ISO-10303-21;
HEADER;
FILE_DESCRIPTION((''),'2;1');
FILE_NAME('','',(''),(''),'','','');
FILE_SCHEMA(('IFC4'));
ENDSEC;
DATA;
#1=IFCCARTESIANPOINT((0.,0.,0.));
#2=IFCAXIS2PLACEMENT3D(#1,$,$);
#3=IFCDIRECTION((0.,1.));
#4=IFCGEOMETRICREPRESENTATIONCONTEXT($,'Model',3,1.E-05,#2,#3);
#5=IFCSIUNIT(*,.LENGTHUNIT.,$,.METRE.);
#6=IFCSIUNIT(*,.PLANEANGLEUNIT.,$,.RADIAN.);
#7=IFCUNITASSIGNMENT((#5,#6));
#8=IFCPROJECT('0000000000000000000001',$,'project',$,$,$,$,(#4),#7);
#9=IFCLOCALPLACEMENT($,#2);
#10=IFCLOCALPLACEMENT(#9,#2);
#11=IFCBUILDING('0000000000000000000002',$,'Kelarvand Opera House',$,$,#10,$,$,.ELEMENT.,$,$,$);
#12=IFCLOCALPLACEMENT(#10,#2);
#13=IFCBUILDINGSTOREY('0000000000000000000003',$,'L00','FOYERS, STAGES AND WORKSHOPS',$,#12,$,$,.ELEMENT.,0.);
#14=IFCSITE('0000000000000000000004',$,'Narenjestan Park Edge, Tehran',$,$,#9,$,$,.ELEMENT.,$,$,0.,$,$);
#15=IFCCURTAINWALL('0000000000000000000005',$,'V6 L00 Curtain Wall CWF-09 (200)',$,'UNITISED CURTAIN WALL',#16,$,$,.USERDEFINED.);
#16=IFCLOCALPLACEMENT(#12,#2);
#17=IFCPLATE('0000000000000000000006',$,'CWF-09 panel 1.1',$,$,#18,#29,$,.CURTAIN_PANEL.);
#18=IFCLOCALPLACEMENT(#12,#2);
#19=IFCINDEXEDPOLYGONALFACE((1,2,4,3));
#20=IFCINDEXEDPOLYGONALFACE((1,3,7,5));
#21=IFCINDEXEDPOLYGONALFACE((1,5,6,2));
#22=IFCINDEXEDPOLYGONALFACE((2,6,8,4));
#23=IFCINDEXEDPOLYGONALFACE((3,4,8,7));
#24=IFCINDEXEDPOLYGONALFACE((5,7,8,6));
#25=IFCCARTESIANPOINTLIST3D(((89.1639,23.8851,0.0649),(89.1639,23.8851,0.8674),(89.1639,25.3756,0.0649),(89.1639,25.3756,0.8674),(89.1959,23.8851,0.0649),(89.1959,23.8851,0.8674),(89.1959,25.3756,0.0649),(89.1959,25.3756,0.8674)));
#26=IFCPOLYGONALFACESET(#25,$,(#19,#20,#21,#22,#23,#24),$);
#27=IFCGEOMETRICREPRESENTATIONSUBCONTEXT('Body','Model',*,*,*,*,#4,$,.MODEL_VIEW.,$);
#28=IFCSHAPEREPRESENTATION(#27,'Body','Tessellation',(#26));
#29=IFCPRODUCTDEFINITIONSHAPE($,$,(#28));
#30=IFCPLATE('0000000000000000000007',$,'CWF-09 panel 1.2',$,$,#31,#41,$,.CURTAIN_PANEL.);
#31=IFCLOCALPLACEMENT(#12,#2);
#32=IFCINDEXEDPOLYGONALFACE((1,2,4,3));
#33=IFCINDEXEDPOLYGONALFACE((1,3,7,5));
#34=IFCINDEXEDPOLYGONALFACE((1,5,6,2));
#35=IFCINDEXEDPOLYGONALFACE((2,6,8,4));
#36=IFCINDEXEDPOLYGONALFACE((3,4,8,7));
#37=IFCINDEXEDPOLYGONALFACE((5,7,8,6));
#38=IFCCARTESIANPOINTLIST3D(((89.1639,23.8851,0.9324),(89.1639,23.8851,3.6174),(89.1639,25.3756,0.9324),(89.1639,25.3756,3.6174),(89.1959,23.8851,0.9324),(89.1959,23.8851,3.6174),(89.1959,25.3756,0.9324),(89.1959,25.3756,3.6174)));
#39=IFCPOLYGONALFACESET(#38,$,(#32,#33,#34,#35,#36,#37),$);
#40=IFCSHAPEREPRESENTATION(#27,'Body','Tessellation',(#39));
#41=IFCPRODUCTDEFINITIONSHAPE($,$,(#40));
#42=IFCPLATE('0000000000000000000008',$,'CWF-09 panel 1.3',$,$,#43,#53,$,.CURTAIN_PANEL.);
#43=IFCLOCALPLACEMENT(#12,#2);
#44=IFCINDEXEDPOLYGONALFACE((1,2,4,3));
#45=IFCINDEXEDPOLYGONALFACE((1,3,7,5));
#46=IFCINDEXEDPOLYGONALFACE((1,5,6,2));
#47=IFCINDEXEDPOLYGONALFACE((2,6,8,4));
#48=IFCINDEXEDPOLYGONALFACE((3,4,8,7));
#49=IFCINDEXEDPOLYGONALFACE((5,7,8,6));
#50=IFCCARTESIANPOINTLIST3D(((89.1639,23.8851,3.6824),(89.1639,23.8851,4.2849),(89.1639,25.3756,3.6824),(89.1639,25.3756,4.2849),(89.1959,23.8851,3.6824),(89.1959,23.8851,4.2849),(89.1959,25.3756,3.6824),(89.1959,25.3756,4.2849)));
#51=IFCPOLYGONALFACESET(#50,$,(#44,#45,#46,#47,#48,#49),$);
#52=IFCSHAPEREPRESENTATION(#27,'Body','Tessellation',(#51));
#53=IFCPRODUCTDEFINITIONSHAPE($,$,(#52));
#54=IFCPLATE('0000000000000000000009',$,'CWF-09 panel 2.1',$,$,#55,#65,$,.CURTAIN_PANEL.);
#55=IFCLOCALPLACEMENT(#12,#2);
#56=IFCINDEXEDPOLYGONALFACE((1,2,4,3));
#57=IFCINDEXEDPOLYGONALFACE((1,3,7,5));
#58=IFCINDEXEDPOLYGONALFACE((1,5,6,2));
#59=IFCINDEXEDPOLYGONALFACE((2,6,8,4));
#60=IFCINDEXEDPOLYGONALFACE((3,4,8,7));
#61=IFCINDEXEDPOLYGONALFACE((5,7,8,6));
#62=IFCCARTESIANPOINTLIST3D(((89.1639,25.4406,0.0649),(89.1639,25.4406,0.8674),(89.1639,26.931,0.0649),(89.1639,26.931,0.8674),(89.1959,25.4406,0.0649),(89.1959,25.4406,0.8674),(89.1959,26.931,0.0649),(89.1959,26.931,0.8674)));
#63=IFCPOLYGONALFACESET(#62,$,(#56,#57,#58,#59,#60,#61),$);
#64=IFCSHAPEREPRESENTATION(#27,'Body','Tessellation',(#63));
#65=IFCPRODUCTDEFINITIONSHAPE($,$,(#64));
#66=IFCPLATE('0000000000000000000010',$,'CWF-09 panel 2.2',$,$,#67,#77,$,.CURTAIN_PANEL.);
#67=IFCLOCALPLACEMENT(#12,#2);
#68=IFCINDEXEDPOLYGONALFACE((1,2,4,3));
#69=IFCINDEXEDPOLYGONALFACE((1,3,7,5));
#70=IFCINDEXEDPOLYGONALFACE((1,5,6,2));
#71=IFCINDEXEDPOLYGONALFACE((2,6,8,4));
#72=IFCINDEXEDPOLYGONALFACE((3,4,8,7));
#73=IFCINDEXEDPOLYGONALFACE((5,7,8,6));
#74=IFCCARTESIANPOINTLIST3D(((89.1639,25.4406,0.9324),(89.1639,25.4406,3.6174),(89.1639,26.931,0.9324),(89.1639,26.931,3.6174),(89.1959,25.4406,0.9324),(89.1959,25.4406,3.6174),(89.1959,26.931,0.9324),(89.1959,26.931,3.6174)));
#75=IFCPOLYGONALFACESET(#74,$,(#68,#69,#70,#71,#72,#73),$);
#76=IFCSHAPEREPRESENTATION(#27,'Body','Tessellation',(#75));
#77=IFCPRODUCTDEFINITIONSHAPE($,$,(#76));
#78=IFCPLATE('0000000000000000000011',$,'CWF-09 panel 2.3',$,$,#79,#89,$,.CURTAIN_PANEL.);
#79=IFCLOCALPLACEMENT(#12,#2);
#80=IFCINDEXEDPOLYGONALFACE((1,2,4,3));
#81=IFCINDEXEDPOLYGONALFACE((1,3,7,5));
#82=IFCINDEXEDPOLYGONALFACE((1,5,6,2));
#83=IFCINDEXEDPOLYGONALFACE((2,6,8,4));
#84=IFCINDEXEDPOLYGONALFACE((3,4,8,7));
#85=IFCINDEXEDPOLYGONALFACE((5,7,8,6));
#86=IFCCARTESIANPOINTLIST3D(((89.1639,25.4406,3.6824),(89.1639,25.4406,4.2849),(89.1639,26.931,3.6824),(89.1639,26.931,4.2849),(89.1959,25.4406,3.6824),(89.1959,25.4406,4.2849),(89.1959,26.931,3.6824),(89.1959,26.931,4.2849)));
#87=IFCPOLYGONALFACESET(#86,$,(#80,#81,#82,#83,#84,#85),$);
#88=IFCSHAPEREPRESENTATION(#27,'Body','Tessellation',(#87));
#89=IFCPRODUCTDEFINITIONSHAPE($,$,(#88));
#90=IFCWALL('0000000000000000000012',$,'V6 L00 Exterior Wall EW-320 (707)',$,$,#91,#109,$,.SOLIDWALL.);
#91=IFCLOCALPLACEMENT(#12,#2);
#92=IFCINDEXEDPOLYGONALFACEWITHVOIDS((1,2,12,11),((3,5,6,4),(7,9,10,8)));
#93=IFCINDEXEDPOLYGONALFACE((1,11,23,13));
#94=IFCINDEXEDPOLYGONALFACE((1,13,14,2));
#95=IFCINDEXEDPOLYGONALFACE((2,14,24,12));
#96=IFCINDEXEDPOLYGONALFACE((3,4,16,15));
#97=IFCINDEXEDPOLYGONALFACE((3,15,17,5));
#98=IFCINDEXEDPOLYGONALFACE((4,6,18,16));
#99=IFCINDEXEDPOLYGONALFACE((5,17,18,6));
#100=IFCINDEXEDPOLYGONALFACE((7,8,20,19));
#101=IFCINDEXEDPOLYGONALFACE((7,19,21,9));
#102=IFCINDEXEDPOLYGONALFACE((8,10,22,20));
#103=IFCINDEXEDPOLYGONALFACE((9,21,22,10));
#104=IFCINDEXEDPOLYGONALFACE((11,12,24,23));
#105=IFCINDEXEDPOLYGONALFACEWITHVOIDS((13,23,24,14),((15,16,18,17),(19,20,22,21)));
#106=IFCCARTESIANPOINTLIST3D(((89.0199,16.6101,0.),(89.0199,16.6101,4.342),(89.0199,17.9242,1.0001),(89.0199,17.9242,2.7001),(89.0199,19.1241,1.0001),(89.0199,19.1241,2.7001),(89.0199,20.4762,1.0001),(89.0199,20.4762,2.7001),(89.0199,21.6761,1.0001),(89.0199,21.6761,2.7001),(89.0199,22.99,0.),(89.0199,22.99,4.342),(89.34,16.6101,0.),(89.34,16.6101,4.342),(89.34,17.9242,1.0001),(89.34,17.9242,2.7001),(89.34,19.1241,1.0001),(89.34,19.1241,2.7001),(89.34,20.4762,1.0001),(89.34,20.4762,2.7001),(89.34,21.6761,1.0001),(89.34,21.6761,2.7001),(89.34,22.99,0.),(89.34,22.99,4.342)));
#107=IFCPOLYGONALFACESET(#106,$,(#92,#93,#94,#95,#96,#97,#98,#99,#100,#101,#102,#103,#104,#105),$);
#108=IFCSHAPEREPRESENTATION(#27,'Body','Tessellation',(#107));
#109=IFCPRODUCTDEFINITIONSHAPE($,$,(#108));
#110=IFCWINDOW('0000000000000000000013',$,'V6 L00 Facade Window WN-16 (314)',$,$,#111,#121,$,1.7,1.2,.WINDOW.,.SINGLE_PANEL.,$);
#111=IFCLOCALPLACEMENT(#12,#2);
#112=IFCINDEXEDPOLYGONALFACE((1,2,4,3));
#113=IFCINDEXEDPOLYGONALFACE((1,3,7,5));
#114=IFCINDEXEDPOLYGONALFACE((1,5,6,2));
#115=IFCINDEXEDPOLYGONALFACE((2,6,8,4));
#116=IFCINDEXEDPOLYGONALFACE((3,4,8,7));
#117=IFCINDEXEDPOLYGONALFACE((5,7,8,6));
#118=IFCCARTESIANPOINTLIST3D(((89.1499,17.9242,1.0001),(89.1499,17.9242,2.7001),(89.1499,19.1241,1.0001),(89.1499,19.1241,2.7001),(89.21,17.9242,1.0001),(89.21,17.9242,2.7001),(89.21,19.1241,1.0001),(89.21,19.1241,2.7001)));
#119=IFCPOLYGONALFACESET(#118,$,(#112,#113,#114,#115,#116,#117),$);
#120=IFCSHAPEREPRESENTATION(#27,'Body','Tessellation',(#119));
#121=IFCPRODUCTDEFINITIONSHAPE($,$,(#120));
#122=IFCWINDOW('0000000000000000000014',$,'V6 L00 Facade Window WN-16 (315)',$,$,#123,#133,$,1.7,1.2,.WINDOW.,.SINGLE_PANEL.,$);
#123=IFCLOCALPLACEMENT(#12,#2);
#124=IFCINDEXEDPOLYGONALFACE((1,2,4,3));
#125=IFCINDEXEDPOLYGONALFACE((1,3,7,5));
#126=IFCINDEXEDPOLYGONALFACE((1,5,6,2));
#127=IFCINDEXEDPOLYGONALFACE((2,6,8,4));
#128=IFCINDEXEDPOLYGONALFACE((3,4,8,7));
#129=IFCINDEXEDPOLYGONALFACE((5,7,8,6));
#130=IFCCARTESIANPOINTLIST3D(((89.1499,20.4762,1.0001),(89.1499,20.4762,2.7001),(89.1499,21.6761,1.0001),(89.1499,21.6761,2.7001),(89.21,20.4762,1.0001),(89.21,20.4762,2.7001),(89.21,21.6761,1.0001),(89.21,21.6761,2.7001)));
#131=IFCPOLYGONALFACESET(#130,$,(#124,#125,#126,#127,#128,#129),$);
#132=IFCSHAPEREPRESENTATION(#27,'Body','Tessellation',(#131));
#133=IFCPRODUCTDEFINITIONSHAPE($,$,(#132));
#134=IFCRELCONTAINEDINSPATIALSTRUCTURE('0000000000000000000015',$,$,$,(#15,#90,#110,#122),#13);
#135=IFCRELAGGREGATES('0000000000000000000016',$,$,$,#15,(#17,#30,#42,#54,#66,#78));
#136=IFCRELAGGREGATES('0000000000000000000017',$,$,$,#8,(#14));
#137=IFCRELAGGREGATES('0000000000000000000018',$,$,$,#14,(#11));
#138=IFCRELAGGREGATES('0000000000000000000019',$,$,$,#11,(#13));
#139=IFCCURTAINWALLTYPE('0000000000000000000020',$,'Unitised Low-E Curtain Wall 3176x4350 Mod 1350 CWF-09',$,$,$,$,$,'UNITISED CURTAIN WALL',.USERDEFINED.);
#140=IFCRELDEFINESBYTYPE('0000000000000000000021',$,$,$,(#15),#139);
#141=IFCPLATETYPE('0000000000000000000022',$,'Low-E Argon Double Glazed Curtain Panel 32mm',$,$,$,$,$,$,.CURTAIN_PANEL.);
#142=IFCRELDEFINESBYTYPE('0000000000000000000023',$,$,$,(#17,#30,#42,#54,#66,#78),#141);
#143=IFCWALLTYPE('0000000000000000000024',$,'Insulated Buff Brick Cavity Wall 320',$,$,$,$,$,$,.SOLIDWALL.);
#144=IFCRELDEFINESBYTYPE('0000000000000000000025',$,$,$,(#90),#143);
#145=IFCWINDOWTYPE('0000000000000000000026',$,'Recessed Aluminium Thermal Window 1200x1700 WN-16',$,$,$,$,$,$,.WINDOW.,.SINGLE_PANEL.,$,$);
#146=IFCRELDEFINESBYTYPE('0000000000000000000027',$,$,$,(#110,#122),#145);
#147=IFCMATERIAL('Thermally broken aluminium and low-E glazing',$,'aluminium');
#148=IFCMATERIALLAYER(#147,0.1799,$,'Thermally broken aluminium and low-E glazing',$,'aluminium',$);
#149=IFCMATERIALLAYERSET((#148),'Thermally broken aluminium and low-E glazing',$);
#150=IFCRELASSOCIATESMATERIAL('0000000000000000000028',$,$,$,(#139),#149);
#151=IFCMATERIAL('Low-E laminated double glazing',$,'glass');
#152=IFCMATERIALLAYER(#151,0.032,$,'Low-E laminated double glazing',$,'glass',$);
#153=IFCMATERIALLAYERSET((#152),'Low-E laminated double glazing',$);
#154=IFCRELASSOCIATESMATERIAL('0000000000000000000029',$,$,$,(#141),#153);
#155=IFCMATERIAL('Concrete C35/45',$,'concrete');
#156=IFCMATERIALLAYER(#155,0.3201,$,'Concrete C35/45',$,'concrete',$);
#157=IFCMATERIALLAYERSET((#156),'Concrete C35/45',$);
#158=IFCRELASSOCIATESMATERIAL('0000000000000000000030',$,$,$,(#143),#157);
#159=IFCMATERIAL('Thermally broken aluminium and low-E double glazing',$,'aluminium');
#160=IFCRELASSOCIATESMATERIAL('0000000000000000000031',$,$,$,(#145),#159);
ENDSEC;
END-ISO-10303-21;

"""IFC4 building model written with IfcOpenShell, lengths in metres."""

from ifc_helpers import new_model, si_unit, direction, frame, frame_2d, origin, origin_2d, place, context, subcontext, project, spatial, rectangle, extrude, material, layer, layer_set, type_object, element, fill, aggregate, save


model = new_model("IFC4")

# Units and contexts
model_context = context("Model", 3, precision=1e-05, world=origin(), true_north=direction((0.0, 1.0)))
body_context = subcontext(model_context, "Body", "Model", "MODEL_VIEW")
ifc_project = project(units=[si_unit("LENGTHUNIT", "METRE"), si_unit("PLANEANGLEUNIT", "RADIAN")], contexts=[model_context])

# Site, building, storey
site_placement = place(None, origin())
site = spatial("IfcSite", under=ifc_project, at=site_placement, Name="Narenjestan Park Edge, Tehran", CompositionType="ELEMENT", RefElevation=0.0)
building_placement = place(site_placement, origin())
building = spatial("IfcBuilding", under=site, at=building_placement, Name="Kelarvand Opera House", CompositionType="ELEMENT")
storey_placement = place(building_placement, origin())
storey = spatial("IfcBuildingStorey", under=building, at=storey_placement, Name="L00", Description="FOYERS, STAGES AND WORKSHOPS", CompositionType="ELEMENT", Elevation=0.0)

# Curtain wall
ifc_material_1 = material(Name="Thermally broken aluminium and low-E glazing", Category="aluminium")
ifc_layer_1 = layer(ifc_material_1, 0.1799, Name="Thermally broken aluminium and low-E glazing", Category="aluminium")
ifc_layer_set_1 = layer_set([ifc_layer_1], Name="Thermally broken aluminium and low-E glazing")
curtain_wall_type = type_object("IfcCurtainWallType", Name="Unitised Low-E Curtain Wall 3176x4350 Mod 1350 CWF-09", ElementType="UNITISED CURTAIN WALL", PredefinedType="USERDEFINED", material=ifc_layer_set_1)
curtain_wall_placement = place(storey_placement, origin())
curtain_wall = element("IfcCurtainWall", 1, at=curtain_wall_placement, inside=storey, type_object=curtain_wall_type, Name="V6 L00 Curtain Wall CWF-09 (200)", ObjectType="UNITISED CURTAIN WALL", PredefinedType="USERDEFINED")

# Plates
ifc_material_2 = material(Name="Low-E laminated double glazing", Category="glass")
ifc_layer_2 = layer(ifc_material_2, 0.032, Name="Low-E laminated double glazing", Category="glass")
ifc_layer_set_2 = layer_set([ifc_layer_2], Name="Low-E laminated double glazing")
plate_type = type_object("IfcPlateType", Name="Low-E Argon Double Glazed Curtain Panel 32mm", PredefinedType="CURTAIN_PANEL", material=ifc_layer_set_2)
plate_1_placement = place(storey_placement, frame((89.1799, 24.6304, 0.0649), z_axis=(0.0, 0.0, 1.0), x_axis=(0.0, 1.0, 0.0)))
plate_1 = element("IfcPlate", 2, at=plate_1_placement, type_object=plate_type, Name="CWF-09 panel 1.1", PredefinedType="CURTAIN_PANEL", context=body_context, shape_type="SweptSolid", body=[
    extrude(rectangle(XDim=1.4905, YDim=0.032, at=origin_2d()), origin(), (0.0, 0.0, 1.0), 0.8025),
])
plate_2_placement = place(storey_placement, frame((89.1799, 24.6304, 0.9324), z_axis=(0.0, 0.0, 1.0), x_axis=(0.0, 1.0, 0.0)))
plate_2 = element("IfcPlate", 3, at=plate_2_placement, type_object=plate_type, Name="CWF-09 panel 1.2", PredefinedType="CURTAIN_PANEL", context=body_context, shape_type="SweptSolid", body=[
    extrude(rectangle(XDim=1.4905, YDim=0.032, at=origin_2d()), origin(), (0.0, 0.0, 1.0), 2.6851),
])
plate_3_placement = place(storey_placement, frame((89.1799, 24.6304, 3.6824), z_axis=(0.0, 0.0, 1.0), x_axis=(0.0, 1.0, 0.0)))
plate_3 = element("IfcPlate", 4, at=plate_3_placement, type_object=plate_type, Name="CWF-09 panel 1.3", PredefinedType="CURTAIN_PANEL", context=body_context, shape_type="SweptSolid", body=[
    extrude(rectangle(XDim=1.4905, YDim=0.032, at=origin_2d()), origin(), (0.0, 0.0, 1.0), 0.6025),
])
plate_4_placement = place(storey_placement, frame((89.1799, 26.1858, 0.0649), z_axis=(0.0, 0.0, 1.0), x_axis=(0.0, 1.0, 0.0)))
plate_4 = element("IfcPlate", 5, at=plate_4_placement, type_object=plate_type, Name="CWF-09 panel 2.1", PredefinedType="CURTAIN_PANEL", context=body_context, shape_type="SweptSolid", body=[
    extrude(rectangle(XDim=1.4905, YDim=0.032, at=origin_2d()), origin(), (0.0, 0.0, 1.0), 0.8025),
])
plate_5_placement = place(storey_placement, frame((89.1799, 26.1858, 0.9324), z_axis=(0.0, 0.0, 1.0), x_axis=(0.0, 1.0, 0.0)))
plate_5 = element("IfcPlate", 6, at=plate_5_placement, type_object=plate_type, Name="CWF-09 panel 2.2", PredefinedType="CURTAIN_PANEL", context=body_context, shape_type="SweptSolid", body=[
    extrude(rectangle(XDim=1.4905, YDim=0.032, at=origin_2d()), origin(), (0.0, 0.0, 1.0), 2.6851),
])
plate_6_placement = place(storey_placement, frame((89.1799, 26.1858, 3.6824), z_axis=(0.0, 0.0, 1.0), x_axis=(0.0, 1.0, 0.0)))
plate_6 = element("IfcPlate", 7, at=plate_6_placement, type_object=plate_type, Name="CWF-09 panel 2.3", PredefinedType="CURTAIN_PANEL", context=body_context, shape_type="SweptSolid", body=[
    extrude(rectangle(XDim=1.4905, YDim=0.032, at=origin_2d()), origin(), (0.0, 0.0, 1.0), 0.6025),
])
aggregate(curtain_wall, [plate_1, plate_2, plate_3, plate_4, plate_5, plate_6])

# Wall, openings, windows
ifc_material_3 = material(Name="Concrete C35/45", Category="concrete")
ifc_layer_3 = layer(ifc_material_3, 0.3201, Name="Concrete C35/45", Category="concrete")
ifc_layer_set_3 = layer_set([ifc_layer_3], Name="Concrete C35/45")
wall_type = type_object("IfcWallType", Name="Insulated Buff Brick Cavity Wall 320", PredefinedType="SOLIDWALL", material=ifc_layer_set_3)
wall_placement = place(storey_placement, frame((89.1799, 16.6101, 0.0), z_axis=(0.0, 0.0, 1.0), x_axis=(0.0, 1.0, 0.0)))
wall = element("IfcWall", 8, at=wall_placement, inside=storey, type_object=wall_type, Name="V6 L00 Exterior Wall EW-320 (707)", PredefinedType="SOLIDWALL", context=body_context, shape_type="SweptSolid", body=[
    extrude(rectangle(XDim=6.3799, YDim=0.3201, at=frame_2d((3.1899, 0.0))), origin(), (0.0, 0.0, 1.0), 4.342),
])
opening_1_placement = place(wall_placement, frame((1.314, 0.0, 1.0)))
opening_1 = element("IfcOpeningElement", 9, at=opening_1_placement, cuts=wall, PredefinedType="OPENING", context=body_context, shape_type="SweptSolid", body=[
    extrude(rectangle(XDim=1.2, YDim=1.7, at=frame_2d((0.6001, 0.8501))), frame((0.0, 0.1699, 0.0), z_axis=(0.0, -1.0, 0.0), x_axis=(1.0, 0.0, 0.0)), (0.0, 0.0, 1.0), 0.3401),
])
opening_2_placement = place(wall_placement, frame((3.866, 0.0, 1.0)))
opening_2 = element("IfcOpeningElement", 10, at=opening_2_placement, cuts=wall, PredefinedType="OPENING", context=body_context, shape_type="SweptSolid", body=[
    extrude(rectangle(XDim=1.2, YDim=1.7, at=frame_2d((0.6001, 0.8501))), frame((0.0, 0.1699, 0.0), z_axis=(0.0, -1.0, 0.0), x_axis=(1.0, 0.0, 0.0)), (0.0, 0.0, 1.0), 0.3401),
])
ifc_material_4 = material(Name="Thermally broken aluminium and low-E double glazing", Category="aluminium")
window_type = type_object("IfcWindowType", Name="Recessed Aluminium Thermal Window 1200x1700 WN-16", PartitioningType="SINGLE_PANEL", PredefinedType="WINDOW", material=ifc_material_4)
window_1_placement = place(opening_1_placement, origin())
window_1 = element("IfcWindow", 11, at=window_1_placement, inside=storey, type_object=window_type, Name="V6 L00 Facade Window WN-16 (314)", OverallHeight=1.7, OverallWidth=1.2, PartitioningType="SINGLE_PANEL", PredefinedType="WINDOW", context=body_context, shape_type="SweptSolid", body=[
    extrude(rectangle(XDim=1.2, YDim=1.7, at=frame_2d((0.6001, 0.8501))), frame((0.0, 0.03, 0.0), z_axis=(0.0, -1.0, 0.0), x_axis=(1.0, 0.0, 0.0)), (0.0, 0.0, 1.0), 0.0601),
])
fill(opening_1, window_1)
window_2_placement = place(opening_2_placement, origin())
window_2 = element("IfcWindow", 12, at=window_2_placement, inside=storey, type_object=window_type, Name="V6 L00 Facade Window WN-16 (315)", OverallHeight=1.7, OverallWidth=1.2, PartitioningType="SINGLE_PANEL", PredefinedType="WINDOW", context=body_context, shape_type="SweptSolid", body=[
    extrude(rectangle(XDim=1.2, YDim=1.7, at=frame_2d((0.6001, 0.8501))), frame((0.0, 0.03, 0.0), z_axis=(0.0, -1.0, 0.0), x_axis=(1.0, 0.0, 0.0)), (0.0, 0.0, 1.0), 0.0601),
])
fill(opening_2, window_2)

save(model, "model.ifc")
